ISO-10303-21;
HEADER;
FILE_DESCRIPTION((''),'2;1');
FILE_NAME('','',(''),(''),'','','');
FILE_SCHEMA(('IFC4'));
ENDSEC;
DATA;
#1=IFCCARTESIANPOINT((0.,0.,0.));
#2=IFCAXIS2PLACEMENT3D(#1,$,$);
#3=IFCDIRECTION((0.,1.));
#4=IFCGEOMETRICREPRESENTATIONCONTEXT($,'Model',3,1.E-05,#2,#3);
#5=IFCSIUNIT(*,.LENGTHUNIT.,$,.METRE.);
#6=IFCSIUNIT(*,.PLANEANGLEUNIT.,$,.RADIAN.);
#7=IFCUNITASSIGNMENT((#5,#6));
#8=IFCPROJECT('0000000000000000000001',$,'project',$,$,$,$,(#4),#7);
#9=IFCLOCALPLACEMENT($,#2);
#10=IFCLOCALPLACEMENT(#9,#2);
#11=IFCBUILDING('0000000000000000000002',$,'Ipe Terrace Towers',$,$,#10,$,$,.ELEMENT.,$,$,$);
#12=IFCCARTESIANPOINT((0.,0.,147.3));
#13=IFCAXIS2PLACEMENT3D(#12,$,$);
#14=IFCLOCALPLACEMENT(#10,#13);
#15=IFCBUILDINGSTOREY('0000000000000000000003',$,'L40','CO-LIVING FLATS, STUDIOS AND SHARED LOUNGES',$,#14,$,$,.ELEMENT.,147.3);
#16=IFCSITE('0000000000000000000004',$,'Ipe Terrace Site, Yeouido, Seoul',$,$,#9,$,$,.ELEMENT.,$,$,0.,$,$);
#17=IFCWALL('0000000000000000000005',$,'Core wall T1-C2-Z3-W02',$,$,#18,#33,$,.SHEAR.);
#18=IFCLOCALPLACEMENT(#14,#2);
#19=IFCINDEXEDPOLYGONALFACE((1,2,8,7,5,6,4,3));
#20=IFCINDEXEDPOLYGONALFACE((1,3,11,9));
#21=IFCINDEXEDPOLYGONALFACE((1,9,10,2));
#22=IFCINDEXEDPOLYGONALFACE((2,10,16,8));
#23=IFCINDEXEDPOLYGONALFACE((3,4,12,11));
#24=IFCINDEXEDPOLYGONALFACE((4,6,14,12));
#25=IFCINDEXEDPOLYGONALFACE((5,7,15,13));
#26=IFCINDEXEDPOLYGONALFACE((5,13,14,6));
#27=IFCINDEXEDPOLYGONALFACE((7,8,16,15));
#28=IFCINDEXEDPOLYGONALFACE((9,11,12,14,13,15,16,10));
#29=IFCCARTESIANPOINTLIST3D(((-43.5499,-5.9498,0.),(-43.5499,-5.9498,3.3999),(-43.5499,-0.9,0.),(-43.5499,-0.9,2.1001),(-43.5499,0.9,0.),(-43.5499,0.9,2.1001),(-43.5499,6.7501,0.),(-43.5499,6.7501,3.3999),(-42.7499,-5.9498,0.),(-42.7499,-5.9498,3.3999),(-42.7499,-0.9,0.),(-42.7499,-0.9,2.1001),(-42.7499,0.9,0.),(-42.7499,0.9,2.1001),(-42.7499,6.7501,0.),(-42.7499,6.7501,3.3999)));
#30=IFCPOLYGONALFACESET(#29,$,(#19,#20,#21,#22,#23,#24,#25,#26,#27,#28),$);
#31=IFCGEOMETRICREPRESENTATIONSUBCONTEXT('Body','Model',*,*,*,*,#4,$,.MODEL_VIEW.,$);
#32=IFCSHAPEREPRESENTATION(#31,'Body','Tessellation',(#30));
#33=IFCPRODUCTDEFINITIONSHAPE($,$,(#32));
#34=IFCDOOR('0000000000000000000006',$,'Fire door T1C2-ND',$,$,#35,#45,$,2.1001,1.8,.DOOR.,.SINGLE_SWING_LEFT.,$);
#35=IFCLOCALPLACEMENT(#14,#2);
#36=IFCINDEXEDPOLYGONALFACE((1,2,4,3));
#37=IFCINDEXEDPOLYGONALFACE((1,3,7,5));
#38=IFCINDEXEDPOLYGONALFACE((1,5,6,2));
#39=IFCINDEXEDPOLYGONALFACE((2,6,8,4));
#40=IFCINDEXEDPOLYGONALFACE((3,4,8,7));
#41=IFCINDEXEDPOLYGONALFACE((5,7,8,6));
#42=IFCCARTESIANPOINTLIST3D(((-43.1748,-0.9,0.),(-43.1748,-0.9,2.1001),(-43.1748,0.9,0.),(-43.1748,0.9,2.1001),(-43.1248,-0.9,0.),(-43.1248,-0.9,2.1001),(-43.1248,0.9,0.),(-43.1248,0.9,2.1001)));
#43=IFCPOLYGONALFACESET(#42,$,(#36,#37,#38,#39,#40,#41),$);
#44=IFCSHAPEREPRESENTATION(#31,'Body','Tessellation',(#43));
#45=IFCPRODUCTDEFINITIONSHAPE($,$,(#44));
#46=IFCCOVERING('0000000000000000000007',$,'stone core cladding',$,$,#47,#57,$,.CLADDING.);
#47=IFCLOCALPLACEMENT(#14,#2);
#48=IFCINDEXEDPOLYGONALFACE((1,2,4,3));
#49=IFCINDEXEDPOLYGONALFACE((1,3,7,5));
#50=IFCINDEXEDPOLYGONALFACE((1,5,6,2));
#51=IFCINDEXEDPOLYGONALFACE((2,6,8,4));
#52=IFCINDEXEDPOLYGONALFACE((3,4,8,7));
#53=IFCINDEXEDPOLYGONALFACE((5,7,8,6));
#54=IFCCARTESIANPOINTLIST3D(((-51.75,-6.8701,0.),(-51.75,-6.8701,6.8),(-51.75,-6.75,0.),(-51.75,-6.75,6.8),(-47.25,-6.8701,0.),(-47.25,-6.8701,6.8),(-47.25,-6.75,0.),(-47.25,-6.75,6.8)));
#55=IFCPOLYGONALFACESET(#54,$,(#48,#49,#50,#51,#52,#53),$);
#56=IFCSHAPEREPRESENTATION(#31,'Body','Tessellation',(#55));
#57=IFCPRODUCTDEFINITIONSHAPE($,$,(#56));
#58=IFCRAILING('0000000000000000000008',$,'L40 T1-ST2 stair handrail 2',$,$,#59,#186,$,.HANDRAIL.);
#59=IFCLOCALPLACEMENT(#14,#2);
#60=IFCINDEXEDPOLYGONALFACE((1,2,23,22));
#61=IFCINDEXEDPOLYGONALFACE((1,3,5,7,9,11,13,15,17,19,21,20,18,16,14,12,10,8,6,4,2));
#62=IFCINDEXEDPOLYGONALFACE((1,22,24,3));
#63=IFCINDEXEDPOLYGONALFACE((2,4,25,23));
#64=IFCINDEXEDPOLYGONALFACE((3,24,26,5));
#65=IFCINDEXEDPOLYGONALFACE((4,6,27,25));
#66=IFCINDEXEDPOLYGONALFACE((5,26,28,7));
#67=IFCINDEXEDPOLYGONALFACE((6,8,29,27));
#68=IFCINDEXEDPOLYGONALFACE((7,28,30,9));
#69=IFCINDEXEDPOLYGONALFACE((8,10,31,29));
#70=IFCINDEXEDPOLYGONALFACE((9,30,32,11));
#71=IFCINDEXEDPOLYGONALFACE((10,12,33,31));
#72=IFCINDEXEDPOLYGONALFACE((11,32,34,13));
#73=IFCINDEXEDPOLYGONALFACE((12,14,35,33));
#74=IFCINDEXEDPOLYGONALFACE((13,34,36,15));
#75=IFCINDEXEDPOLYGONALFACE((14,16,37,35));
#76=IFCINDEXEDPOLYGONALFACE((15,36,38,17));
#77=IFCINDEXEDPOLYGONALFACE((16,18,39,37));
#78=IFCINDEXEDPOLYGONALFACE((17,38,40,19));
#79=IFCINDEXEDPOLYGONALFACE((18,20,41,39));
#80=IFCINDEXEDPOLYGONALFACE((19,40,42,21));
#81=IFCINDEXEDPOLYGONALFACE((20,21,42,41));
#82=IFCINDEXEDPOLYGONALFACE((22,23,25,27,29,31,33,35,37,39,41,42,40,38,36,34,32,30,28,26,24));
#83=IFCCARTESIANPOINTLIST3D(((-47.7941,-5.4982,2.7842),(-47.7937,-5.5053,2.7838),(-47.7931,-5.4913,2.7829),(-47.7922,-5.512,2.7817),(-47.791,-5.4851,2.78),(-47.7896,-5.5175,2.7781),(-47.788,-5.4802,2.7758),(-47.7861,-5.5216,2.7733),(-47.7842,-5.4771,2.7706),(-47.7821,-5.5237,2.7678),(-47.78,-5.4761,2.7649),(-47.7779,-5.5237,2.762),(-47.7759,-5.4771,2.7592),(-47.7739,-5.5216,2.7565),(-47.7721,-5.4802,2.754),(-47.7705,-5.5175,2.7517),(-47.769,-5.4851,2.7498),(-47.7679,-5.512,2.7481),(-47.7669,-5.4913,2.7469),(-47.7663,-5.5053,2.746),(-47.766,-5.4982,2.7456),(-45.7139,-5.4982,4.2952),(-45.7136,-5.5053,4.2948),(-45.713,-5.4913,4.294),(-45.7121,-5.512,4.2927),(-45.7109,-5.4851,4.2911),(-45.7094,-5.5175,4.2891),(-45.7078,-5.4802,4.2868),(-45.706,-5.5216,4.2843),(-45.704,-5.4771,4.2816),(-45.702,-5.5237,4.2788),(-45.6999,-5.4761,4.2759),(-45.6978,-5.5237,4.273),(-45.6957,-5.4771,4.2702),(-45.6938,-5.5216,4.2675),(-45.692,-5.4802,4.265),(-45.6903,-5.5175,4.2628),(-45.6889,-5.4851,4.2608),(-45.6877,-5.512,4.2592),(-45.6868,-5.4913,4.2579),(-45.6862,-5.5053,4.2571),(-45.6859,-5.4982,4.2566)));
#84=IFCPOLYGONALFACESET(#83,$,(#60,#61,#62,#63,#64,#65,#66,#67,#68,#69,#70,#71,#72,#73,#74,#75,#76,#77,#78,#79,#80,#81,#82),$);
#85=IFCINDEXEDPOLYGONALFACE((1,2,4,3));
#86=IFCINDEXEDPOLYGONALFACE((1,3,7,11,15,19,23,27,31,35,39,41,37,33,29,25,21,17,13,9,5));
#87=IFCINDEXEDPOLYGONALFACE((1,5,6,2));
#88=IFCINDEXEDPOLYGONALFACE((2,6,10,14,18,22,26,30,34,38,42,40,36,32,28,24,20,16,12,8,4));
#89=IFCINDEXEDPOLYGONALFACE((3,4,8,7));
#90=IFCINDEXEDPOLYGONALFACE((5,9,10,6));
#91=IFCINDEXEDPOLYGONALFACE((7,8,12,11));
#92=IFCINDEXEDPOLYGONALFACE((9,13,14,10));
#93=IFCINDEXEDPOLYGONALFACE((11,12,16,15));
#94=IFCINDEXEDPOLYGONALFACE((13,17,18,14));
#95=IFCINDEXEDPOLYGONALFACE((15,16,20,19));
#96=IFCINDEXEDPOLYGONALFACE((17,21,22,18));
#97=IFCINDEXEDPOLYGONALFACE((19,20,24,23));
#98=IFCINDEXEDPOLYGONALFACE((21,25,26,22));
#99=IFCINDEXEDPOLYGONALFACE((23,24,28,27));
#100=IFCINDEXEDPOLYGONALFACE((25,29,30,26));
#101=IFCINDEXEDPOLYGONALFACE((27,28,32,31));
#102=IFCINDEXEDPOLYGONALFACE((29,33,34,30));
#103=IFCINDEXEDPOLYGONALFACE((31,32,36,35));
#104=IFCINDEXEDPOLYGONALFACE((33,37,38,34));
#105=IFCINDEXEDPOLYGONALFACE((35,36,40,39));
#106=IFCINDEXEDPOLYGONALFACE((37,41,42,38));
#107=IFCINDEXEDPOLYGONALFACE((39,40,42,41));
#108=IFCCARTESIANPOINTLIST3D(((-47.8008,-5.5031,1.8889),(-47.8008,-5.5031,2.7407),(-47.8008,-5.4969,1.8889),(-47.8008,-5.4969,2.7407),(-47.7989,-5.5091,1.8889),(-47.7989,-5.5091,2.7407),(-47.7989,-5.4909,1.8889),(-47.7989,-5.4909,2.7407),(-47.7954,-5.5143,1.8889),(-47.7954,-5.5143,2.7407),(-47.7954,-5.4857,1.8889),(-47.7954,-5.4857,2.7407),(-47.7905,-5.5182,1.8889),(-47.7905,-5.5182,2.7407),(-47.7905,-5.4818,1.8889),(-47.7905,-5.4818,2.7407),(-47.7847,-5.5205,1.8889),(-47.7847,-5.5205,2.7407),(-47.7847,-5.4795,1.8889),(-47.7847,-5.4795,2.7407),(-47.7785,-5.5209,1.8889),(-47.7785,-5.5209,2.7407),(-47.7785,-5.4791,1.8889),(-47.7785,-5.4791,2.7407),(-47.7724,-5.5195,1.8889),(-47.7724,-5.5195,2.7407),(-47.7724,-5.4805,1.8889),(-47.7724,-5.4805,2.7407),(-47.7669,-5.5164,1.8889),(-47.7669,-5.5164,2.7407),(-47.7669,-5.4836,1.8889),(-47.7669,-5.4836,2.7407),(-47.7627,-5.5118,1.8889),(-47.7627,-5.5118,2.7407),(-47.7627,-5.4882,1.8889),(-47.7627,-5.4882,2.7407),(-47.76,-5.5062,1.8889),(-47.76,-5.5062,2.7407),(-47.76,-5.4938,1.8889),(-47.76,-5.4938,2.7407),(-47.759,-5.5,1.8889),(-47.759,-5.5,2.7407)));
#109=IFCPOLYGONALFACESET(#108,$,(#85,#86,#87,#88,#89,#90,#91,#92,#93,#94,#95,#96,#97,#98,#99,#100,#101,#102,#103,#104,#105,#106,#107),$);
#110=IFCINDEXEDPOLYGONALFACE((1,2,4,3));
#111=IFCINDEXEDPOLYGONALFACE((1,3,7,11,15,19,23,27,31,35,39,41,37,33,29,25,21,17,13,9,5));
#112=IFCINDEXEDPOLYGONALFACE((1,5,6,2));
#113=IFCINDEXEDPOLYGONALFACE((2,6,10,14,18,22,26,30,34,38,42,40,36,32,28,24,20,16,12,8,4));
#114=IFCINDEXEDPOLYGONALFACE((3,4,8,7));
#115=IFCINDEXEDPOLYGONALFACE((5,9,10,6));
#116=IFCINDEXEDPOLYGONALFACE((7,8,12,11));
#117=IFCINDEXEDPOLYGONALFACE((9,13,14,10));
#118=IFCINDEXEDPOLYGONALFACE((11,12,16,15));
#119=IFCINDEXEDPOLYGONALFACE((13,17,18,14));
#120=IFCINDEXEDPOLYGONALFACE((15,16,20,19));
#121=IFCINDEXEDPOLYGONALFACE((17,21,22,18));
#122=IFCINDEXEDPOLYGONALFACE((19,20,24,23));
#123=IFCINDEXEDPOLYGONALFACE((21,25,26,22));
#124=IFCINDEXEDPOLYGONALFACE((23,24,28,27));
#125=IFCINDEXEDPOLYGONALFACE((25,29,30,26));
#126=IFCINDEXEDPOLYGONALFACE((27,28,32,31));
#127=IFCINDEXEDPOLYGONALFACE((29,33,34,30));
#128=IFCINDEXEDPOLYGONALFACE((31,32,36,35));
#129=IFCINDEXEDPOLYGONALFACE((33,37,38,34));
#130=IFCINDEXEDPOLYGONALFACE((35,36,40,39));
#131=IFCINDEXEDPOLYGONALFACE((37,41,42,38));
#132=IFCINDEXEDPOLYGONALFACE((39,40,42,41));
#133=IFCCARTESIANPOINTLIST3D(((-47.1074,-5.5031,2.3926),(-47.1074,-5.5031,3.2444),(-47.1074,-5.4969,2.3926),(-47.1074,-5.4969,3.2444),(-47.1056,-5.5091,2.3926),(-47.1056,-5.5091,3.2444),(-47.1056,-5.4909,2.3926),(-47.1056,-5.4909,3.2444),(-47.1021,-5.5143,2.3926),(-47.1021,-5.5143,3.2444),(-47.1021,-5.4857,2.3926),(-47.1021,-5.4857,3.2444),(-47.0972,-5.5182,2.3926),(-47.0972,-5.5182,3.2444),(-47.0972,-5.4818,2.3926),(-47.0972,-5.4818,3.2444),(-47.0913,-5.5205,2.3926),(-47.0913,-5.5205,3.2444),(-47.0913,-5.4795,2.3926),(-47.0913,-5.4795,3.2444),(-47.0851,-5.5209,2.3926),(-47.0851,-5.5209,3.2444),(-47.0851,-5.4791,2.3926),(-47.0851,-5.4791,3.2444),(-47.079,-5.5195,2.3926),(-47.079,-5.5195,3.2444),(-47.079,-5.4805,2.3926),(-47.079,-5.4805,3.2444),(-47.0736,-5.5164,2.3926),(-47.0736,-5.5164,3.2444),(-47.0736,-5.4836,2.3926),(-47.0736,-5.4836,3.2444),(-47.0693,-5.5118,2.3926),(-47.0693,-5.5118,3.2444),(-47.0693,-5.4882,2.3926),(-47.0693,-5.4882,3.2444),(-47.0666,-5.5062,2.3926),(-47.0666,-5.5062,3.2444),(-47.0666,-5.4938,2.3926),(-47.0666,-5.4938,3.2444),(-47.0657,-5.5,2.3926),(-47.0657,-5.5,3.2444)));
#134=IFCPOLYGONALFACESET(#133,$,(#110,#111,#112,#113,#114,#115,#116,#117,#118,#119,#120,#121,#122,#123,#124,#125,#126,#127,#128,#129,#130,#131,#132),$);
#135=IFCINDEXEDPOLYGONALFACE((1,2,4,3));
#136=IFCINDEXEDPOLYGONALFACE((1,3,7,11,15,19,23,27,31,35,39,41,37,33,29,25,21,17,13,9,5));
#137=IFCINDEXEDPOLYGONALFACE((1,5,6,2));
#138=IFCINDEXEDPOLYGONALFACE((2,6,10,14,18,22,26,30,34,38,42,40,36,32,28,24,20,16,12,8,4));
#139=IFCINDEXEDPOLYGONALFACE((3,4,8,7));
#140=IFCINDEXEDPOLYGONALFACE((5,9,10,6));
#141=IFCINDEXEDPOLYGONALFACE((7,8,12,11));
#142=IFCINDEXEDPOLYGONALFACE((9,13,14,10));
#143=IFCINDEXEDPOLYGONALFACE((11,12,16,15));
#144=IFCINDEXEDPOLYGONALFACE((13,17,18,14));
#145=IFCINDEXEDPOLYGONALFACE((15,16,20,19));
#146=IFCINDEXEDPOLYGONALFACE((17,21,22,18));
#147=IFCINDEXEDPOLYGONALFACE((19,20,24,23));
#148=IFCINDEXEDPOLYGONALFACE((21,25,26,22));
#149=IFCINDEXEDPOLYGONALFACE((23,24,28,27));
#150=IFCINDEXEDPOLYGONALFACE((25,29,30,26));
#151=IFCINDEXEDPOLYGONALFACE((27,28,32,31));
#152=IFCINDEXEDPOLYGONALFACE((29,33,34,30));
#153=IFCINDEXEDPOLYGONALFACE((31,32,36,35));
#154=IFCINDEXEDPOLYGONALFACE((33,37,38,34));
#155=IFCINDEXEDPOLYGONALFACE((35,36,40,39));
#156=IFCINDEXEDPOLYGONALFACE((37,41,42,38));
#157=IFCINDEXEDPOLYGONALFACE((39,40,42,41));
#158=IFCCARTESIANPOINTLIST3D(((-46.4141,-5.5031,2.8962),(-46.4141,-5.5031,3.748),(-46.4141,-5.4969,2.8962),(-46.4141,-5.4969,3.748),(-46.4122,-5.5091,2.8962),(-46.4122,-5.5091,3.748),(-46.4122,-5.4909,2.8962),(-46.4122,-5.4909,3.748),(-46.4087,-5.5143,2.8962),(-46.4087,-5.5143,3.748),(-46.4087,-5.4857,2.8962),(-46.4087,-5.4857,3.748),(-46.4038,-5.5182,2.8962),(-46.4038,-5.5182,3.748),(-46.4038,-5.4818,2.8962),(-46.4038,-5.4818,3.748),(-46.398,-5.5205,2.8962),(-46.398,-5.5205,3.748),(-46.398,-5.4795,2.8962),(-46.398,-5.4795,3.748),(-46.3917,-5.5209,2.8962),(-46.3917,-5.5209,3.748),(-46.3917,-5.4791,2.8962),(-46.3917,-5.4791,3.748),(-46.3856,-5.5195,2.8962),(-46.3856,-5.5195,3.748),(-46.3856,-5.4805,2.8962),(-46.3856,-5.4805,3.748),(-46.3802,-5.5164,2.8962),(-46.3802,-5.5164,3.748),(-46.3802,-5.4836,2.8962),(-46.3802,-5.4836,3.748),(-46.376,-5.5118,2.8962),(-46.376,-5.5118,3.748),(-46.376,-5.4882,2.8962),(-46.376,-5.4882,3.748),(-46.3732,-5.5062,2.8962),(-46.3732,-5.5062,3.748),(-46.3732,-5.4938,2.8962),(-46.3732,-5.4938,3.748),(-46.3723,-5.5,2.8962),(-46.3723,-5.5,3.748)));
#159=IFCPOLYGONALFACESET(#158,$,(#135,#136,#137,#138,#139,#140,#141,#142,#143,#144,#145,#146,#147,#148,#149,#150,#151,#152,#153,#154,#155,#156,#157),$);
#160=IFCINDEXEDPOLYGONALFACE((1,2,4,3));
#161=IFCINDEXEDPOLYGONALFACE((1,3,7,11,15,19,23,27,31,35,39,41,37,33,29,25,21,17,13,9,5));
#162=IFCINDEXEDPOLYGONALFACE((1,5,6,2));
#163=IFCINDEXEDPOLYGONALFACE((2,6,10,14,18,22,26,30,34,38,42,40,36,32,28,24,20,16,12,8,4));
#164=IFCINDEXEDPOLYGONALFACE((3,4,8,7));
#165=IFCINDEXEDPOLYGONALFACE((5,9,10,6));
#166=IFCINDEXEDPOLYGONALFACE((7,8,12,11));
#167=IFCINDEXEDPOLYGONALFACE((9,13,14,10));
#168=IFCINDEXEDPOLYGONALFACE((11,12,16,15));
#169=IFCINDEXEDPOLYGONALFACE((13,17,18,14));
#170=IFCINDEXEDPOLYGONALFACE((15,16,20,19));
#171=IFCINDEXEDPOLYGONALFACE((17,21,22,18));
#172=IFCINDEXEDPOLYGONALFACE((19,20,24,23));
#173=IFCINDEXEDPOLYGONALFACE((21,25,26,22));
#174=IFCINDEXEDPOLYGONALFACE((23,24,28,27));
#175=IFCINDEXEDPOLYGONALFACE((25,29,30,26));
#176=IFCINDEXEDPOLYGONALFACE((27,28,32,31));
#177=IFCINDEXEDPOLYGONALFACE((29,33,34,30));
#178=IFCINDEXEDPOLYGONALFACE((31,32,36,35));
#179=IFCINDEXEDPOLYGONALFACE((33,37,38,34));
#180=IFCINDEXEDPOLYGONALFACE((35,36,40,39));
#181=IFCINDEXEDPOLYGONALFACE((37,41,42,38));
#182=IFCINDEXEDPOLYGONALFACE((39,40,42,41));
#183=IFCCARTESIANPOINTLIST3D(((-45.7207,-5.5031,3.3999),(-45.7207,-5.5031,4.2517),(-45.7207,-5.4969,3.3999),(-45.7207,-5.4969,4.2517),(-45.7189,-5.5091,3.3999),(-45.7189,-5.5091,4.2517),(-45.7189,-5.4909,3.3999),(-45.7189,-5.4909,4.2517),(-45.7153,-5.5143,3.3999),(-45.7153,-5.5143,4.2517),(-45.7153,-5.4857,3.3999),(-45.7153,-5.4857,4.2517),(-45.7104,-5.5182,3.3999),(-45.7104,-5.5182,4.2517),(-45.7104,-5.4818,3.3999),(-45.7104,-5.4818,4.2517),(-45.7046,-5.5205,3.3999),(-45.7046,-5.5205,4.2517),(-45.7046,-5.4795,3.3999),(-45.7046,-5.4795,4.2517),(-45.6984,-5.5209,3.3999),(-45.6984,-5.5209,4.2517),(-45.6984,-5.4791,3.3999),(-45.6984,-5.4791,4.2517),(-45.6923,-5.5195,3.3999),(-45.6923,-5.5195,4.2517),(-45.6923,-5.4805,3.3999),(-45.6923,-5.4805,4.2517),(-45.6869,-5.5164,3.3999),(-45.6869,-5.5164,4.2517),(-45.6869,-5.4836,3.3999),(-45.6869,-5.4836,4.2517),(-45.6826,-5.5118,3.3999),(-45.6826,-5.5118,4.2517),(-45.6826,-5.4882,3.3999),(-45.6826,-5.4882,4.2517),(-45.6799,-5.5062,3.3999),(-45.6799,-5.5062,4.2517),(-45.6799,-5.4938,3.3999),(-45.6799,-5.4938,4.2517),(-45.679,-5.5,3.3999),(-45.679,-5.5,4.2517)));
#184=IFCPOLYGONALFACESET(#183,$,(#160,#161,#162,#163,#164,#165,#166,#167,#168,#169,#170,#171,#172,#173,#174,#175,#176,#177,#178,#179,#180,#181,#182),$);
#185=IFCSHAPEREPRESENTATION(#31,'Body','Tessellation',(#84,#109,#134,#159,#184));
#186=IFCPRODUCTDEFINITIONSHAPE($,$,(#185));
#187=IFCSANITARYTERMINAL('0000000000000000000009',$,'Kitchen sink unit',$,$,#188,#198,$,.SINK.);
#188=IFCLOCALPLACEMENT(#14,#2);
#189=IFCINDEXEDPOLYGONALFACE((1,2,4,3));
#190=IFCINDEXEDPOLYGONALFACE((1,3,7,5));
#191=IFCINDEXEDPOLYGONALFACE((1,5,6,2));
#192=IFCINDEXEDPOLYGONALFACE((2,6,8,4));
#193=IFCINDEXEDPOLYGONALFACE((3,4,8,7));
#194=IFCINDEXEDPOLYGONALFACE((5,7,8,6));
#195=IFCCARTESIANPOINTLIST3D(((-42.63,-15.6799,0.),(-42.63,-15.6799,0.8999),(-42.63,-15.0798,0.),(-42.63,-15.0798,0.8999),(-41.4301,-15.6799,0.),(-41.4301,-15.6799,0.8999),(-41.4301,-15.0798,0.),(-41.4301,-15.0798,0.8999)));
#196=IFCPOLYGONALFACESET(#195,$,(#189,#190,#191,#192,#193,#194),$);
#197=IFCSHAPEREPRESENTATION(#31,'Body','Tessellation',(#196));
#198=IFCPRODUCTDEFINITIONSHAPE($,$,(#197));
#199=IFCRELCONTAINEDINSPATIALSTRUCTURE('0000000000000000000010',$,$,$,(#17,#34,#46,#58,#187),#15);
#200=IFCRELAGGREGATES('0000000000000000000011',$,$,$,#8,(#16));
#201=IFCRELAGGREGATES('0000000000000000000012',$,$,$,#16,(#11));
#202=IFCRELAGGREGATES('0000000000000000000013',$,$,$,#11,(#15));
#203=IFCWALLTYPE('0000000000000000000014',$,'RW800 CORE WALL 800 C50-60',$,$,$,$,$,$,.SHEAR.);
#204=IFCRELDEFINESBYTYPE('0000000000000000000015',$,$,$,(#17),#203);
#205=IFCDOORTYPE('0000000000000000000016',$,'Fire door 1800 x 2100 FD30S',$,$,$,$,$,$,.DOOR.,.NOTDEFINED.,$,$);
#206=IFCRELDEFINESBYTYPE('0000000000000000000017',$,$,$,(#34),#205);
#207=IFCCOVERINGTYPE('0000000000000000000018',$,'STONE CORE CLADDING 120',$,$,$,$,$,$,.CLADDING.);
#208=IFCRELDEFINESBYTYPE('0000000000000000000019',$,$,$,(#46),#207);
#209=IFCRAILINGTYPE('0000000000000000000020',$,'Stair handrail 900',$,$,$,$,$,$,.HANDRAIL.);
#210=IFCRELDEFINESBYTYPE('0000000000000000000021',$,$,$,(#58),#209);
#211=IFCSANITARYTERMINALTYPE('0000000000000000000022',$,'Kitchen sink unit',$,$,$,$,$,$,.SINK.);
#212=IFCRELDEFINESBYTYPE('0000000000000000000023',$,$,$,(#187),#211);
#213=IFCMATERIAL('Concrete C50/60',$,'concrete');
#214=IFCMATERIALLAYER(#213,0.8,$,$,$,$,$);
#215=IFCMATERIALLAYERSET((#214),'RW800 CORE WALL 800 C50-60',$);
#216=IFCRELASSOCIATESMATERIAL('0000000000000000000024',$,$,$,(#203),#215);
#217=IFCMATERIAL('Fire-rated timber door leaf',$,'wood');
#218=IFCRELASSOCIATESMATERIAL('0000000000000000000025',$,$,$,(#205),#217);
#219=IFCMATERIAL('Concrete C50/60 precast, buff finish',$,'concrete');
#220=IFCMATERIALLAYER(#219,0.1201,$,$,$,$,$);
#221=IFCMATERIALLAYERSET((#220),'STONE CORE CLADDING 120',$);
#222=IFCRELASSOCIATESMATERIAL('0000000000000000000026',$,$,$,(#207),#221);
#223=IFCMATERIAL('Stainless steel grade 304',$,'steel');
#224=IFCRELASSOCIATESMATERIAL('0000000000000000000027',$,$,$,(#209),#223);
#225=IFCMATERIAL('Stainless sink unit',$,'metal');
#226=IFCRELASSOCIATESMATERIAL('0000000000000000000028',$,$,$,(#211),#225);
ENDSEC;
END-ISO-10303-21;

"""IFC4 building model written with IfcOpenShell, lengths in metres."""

from ifc_helpers import new_model, si_unit, direction, frame, frame_2d, origin, origin_2d, place, context, subcontext, project, spatial, rectangle, circle, extrude, material, layer, layer_set, type_object, element, fill, save


model = new_model("IFC4")

# Units and contexts
model_context = context("Model", 3, precision=1e-05, world=origin(), true_north=direction((0.0, 1.0)))
body_context = subcontext(model_context, "Body", "Model", "MODEL_VIEW")
ifc_project = project(units=[si_unit("LENGTHUNIT", "METRE"), si_unit("PLANEANGLEUNIT", "RADIAN")], contexts=[model_context])

# Site, building, storey
site_placement = place(None, origin())
site = spatial("IfcSite", under=ifc_project, at=site_placement, Name="Ipe Terrace Site, Yeouido, Seoul", CompositionType="ELEMENT", RefElevation=0.0)
building_placement = place(site_placement, origin())
building = spatial("IfcBuilding", under=site, at=building_placement, Name="Ipe Terrace Towers", CompositionType="ELEMENT")
storey_placement = place(building_placement, frame((0.0, 0.0, 147.3)))
storey = spatial("IfcBuildingStorey", under=building, at=storey_placement, Name="L40", Description="CO-LIVING FLATS, STUDIOS AND SHARED LOUNGES", CompositionType="ELEMENT", Elevation=147.3)

# Shared definitions
ifc_material_1 = material(Name="Concrete C50/60", Category="concrete")
ifc_layer_1 = layer(ifc_material_1, 0.8)
ifc_layer_set_1 = layer_set([ifc_layer_1], Name="RW800 CORE WALL 800 C50-60")
wall_type_1 = type_object("IfcWallType", Name="RW800 CORE WALL 800 C50-60", PredefinedType="SHEAR", material=ifc_layer_set_1)

# Wall, opening, door
wall_1_placement = place(storey_placement, frame((-43.1499, -5.95, 0.0), z_axis=(0.0, 0.0, 1.0), x_axis=(0.0, 1.0, 0.0)))
wall_1 = element("IfcWall", 1, at=wall_1_placement, inside=storey, type_object=wall_type_1, Name="Core wall T1-C2-Z3-W02", PredefinedType="SHEAR", context=body_context, shape_type="SweptSolid", body=[
    extrude(rectangle(XDim=12.7, YDim=0.8, at=frame_2d((6.3501, 0.0))), origin(), (0.0, 0.0, 1.0), 3.3999),
])
opening_1_placement = place(wall_1_placement, frame((5.05, 0.0, 0.0)))
opening_1 = element("IfcOpeningElement", 2, at=opening_1_placement, cuts=wall_1, PredefinedType="OPENING", context=body_context, shape_type="SweptSolid", body=[
    extrude(rectangle(XDim=1.8, YDim=2.1001, at=frame_2d((0.8999, 1.05))), frame((0.0, 0.4102, 0.0), z_axis=(0.0, -1.0, 0.0), x_axis=(1.0, 0.0, 0.0)), (0.0, 0.0, 1.0), 0.8201),
])
ifc_material_2 = material(Name="Fire-rated timber door leaf", Category="wood")
door_type_1 = type_object("IfcDoorType", Name="Fire door 1800 x 2100 FD30S", OperationType="NOTDEFINED", PredefinedType="DOOR", material=ifc_material_2)
door_1_placement = place(opening_1_placement, origin())
door_1 = element("IfcDoor", 3, at=door_1_placement, inside=storey, type_object=door_type_1, Name="Fire door T1C2-ND", OperationType="SINGLE_SWING_LEFT", OverallHeight=2.1001, OverallWidth=1.8, PredefinedType="DOOR", context=body_context, shape_type="SweptSolid", body=[
    extrude(rectangle(XDim=1.8, YDim=2.1001, at=frame_2d((0.8999, 1.05))), frame((0.0, 0.0249, 0.0), z_axis=(0.0, -1.0, 0.0), x_axis=(1.0, 0.0, 0.0)), (0.0, 0.0, 1.0), 0.05),
])
fill(opening_1, door_1)

# Covering
ifc_material_3 = material(Name="Concrete C50/60 precast, buff finish", Category="concrete")
ifc_layer_2 = layer(ifc_material_3, 0.1201)
ifc_layer_set_2 = layer_set([ifc_layer_2], Name="STONE CORE CLADDING 120")
covering_type = type_object("IfcCoveringType", Name="STONE CORE CLADDING 120", PredefinedType="CLADDING", material=ifc_layer_set_2)
covering_placement = place(storey_placement, frame((-49.5, -6.8101, 0.0), z_axis=(0.0, 0.0, 1.0), x_axis=(1.0, 0.0, 0.0)))
element("IfcCovering", 4, at=covering_placement, inside=storey, type_object=covering_type, Name="stone core cladding", PredefinedType="CLADDING", context=body_context, shape_type="SweptSolid", body=[
    extrude(rectangle(XDim=4.5, YDim=0.1201, at=origin_2d()), origin(), (0.0, 0.0, 1.0), 6.8),
])

# Railing
ifc_material_4 = material(Name="Stainless steel grade 304", Category="steel")
railing_type = type_object("IfcRailingType", Name="Stair handrail 900", PredefinedType="HANDRAIL", material=ifc_material_4)
railing_placement = place(storey_placement, frame((-47.78, -5.5, 1.8889)))
element("IfcRailing", 5, at=railing_placement, inside=storey, type_object=railing_type, Name="L40 T1-ST2 stair handrail 2", PredefinedType="HANDRAIL", context=body_context, shape_type="SweptSolid", body=[
    extrude(circle(Radius=0.0239, at=origin_2d()), frame((0.0, 0.0, 0.876), z_axis=(0.809069, 0.0, 0.587714), x_axis=(0.0, 1.0, 0.0)), (0.0, 0.0, 1.0), 2.571),
    extrude(circle(Radius=0.021, at=origin_2d()), origin(), (0.0, 0.0, 1.0), 0.8518),
    extrude(circle(Radius=0.021, at=origin_2d()), frame((0.6934, 0.0, 0.5037)), (0.0, 0.0, 1.0), 0.8518),
    extrude(circle(Radius=0.021, at=origin_2d()), frame((1.3867, 0.0, 1.0073)), (0.0, 0.0, 1.0), 0.8518),
    extrude(circle(Radius=0.021, at=origin_2d()), frame((2.0801, 0.0, 1.511)), (0.0, 0.0, 1.0), 0.8518),
])

# Sanitary terminal
ifc_material_5 = material(Name="Stainless sink unit", Category="metal")
sanitary_terminal_type = type_object("IfcSanitaryTerminalType", Name="Kitchen sink unit", PredefinedType="SINK", material=ifc_material_5)
sanitary_terminal_placement = place(storey_placement, frame((-42.03, -15.3799, 0.0), z_axis=(0.0, 0.0, 1.0), x_axis=(-1.0, 0.0, 0.0)))
element("IfcSanitaryTerminal", 6, at=sanitary_terminal_placement, inside=storey, type_object=sanitary_terminal_type, Name="Kitchen sink unit", PredefinedType="SINK", context=body_context, shape_type="SweptSolid", body=[
    extrude(rectangle(XDim=1.2, YDim=0.6001, at=origin_2d()), origin(), (0.0, 0.0, 1.0), 0.8999),
])

save(model, "model.ifc")
